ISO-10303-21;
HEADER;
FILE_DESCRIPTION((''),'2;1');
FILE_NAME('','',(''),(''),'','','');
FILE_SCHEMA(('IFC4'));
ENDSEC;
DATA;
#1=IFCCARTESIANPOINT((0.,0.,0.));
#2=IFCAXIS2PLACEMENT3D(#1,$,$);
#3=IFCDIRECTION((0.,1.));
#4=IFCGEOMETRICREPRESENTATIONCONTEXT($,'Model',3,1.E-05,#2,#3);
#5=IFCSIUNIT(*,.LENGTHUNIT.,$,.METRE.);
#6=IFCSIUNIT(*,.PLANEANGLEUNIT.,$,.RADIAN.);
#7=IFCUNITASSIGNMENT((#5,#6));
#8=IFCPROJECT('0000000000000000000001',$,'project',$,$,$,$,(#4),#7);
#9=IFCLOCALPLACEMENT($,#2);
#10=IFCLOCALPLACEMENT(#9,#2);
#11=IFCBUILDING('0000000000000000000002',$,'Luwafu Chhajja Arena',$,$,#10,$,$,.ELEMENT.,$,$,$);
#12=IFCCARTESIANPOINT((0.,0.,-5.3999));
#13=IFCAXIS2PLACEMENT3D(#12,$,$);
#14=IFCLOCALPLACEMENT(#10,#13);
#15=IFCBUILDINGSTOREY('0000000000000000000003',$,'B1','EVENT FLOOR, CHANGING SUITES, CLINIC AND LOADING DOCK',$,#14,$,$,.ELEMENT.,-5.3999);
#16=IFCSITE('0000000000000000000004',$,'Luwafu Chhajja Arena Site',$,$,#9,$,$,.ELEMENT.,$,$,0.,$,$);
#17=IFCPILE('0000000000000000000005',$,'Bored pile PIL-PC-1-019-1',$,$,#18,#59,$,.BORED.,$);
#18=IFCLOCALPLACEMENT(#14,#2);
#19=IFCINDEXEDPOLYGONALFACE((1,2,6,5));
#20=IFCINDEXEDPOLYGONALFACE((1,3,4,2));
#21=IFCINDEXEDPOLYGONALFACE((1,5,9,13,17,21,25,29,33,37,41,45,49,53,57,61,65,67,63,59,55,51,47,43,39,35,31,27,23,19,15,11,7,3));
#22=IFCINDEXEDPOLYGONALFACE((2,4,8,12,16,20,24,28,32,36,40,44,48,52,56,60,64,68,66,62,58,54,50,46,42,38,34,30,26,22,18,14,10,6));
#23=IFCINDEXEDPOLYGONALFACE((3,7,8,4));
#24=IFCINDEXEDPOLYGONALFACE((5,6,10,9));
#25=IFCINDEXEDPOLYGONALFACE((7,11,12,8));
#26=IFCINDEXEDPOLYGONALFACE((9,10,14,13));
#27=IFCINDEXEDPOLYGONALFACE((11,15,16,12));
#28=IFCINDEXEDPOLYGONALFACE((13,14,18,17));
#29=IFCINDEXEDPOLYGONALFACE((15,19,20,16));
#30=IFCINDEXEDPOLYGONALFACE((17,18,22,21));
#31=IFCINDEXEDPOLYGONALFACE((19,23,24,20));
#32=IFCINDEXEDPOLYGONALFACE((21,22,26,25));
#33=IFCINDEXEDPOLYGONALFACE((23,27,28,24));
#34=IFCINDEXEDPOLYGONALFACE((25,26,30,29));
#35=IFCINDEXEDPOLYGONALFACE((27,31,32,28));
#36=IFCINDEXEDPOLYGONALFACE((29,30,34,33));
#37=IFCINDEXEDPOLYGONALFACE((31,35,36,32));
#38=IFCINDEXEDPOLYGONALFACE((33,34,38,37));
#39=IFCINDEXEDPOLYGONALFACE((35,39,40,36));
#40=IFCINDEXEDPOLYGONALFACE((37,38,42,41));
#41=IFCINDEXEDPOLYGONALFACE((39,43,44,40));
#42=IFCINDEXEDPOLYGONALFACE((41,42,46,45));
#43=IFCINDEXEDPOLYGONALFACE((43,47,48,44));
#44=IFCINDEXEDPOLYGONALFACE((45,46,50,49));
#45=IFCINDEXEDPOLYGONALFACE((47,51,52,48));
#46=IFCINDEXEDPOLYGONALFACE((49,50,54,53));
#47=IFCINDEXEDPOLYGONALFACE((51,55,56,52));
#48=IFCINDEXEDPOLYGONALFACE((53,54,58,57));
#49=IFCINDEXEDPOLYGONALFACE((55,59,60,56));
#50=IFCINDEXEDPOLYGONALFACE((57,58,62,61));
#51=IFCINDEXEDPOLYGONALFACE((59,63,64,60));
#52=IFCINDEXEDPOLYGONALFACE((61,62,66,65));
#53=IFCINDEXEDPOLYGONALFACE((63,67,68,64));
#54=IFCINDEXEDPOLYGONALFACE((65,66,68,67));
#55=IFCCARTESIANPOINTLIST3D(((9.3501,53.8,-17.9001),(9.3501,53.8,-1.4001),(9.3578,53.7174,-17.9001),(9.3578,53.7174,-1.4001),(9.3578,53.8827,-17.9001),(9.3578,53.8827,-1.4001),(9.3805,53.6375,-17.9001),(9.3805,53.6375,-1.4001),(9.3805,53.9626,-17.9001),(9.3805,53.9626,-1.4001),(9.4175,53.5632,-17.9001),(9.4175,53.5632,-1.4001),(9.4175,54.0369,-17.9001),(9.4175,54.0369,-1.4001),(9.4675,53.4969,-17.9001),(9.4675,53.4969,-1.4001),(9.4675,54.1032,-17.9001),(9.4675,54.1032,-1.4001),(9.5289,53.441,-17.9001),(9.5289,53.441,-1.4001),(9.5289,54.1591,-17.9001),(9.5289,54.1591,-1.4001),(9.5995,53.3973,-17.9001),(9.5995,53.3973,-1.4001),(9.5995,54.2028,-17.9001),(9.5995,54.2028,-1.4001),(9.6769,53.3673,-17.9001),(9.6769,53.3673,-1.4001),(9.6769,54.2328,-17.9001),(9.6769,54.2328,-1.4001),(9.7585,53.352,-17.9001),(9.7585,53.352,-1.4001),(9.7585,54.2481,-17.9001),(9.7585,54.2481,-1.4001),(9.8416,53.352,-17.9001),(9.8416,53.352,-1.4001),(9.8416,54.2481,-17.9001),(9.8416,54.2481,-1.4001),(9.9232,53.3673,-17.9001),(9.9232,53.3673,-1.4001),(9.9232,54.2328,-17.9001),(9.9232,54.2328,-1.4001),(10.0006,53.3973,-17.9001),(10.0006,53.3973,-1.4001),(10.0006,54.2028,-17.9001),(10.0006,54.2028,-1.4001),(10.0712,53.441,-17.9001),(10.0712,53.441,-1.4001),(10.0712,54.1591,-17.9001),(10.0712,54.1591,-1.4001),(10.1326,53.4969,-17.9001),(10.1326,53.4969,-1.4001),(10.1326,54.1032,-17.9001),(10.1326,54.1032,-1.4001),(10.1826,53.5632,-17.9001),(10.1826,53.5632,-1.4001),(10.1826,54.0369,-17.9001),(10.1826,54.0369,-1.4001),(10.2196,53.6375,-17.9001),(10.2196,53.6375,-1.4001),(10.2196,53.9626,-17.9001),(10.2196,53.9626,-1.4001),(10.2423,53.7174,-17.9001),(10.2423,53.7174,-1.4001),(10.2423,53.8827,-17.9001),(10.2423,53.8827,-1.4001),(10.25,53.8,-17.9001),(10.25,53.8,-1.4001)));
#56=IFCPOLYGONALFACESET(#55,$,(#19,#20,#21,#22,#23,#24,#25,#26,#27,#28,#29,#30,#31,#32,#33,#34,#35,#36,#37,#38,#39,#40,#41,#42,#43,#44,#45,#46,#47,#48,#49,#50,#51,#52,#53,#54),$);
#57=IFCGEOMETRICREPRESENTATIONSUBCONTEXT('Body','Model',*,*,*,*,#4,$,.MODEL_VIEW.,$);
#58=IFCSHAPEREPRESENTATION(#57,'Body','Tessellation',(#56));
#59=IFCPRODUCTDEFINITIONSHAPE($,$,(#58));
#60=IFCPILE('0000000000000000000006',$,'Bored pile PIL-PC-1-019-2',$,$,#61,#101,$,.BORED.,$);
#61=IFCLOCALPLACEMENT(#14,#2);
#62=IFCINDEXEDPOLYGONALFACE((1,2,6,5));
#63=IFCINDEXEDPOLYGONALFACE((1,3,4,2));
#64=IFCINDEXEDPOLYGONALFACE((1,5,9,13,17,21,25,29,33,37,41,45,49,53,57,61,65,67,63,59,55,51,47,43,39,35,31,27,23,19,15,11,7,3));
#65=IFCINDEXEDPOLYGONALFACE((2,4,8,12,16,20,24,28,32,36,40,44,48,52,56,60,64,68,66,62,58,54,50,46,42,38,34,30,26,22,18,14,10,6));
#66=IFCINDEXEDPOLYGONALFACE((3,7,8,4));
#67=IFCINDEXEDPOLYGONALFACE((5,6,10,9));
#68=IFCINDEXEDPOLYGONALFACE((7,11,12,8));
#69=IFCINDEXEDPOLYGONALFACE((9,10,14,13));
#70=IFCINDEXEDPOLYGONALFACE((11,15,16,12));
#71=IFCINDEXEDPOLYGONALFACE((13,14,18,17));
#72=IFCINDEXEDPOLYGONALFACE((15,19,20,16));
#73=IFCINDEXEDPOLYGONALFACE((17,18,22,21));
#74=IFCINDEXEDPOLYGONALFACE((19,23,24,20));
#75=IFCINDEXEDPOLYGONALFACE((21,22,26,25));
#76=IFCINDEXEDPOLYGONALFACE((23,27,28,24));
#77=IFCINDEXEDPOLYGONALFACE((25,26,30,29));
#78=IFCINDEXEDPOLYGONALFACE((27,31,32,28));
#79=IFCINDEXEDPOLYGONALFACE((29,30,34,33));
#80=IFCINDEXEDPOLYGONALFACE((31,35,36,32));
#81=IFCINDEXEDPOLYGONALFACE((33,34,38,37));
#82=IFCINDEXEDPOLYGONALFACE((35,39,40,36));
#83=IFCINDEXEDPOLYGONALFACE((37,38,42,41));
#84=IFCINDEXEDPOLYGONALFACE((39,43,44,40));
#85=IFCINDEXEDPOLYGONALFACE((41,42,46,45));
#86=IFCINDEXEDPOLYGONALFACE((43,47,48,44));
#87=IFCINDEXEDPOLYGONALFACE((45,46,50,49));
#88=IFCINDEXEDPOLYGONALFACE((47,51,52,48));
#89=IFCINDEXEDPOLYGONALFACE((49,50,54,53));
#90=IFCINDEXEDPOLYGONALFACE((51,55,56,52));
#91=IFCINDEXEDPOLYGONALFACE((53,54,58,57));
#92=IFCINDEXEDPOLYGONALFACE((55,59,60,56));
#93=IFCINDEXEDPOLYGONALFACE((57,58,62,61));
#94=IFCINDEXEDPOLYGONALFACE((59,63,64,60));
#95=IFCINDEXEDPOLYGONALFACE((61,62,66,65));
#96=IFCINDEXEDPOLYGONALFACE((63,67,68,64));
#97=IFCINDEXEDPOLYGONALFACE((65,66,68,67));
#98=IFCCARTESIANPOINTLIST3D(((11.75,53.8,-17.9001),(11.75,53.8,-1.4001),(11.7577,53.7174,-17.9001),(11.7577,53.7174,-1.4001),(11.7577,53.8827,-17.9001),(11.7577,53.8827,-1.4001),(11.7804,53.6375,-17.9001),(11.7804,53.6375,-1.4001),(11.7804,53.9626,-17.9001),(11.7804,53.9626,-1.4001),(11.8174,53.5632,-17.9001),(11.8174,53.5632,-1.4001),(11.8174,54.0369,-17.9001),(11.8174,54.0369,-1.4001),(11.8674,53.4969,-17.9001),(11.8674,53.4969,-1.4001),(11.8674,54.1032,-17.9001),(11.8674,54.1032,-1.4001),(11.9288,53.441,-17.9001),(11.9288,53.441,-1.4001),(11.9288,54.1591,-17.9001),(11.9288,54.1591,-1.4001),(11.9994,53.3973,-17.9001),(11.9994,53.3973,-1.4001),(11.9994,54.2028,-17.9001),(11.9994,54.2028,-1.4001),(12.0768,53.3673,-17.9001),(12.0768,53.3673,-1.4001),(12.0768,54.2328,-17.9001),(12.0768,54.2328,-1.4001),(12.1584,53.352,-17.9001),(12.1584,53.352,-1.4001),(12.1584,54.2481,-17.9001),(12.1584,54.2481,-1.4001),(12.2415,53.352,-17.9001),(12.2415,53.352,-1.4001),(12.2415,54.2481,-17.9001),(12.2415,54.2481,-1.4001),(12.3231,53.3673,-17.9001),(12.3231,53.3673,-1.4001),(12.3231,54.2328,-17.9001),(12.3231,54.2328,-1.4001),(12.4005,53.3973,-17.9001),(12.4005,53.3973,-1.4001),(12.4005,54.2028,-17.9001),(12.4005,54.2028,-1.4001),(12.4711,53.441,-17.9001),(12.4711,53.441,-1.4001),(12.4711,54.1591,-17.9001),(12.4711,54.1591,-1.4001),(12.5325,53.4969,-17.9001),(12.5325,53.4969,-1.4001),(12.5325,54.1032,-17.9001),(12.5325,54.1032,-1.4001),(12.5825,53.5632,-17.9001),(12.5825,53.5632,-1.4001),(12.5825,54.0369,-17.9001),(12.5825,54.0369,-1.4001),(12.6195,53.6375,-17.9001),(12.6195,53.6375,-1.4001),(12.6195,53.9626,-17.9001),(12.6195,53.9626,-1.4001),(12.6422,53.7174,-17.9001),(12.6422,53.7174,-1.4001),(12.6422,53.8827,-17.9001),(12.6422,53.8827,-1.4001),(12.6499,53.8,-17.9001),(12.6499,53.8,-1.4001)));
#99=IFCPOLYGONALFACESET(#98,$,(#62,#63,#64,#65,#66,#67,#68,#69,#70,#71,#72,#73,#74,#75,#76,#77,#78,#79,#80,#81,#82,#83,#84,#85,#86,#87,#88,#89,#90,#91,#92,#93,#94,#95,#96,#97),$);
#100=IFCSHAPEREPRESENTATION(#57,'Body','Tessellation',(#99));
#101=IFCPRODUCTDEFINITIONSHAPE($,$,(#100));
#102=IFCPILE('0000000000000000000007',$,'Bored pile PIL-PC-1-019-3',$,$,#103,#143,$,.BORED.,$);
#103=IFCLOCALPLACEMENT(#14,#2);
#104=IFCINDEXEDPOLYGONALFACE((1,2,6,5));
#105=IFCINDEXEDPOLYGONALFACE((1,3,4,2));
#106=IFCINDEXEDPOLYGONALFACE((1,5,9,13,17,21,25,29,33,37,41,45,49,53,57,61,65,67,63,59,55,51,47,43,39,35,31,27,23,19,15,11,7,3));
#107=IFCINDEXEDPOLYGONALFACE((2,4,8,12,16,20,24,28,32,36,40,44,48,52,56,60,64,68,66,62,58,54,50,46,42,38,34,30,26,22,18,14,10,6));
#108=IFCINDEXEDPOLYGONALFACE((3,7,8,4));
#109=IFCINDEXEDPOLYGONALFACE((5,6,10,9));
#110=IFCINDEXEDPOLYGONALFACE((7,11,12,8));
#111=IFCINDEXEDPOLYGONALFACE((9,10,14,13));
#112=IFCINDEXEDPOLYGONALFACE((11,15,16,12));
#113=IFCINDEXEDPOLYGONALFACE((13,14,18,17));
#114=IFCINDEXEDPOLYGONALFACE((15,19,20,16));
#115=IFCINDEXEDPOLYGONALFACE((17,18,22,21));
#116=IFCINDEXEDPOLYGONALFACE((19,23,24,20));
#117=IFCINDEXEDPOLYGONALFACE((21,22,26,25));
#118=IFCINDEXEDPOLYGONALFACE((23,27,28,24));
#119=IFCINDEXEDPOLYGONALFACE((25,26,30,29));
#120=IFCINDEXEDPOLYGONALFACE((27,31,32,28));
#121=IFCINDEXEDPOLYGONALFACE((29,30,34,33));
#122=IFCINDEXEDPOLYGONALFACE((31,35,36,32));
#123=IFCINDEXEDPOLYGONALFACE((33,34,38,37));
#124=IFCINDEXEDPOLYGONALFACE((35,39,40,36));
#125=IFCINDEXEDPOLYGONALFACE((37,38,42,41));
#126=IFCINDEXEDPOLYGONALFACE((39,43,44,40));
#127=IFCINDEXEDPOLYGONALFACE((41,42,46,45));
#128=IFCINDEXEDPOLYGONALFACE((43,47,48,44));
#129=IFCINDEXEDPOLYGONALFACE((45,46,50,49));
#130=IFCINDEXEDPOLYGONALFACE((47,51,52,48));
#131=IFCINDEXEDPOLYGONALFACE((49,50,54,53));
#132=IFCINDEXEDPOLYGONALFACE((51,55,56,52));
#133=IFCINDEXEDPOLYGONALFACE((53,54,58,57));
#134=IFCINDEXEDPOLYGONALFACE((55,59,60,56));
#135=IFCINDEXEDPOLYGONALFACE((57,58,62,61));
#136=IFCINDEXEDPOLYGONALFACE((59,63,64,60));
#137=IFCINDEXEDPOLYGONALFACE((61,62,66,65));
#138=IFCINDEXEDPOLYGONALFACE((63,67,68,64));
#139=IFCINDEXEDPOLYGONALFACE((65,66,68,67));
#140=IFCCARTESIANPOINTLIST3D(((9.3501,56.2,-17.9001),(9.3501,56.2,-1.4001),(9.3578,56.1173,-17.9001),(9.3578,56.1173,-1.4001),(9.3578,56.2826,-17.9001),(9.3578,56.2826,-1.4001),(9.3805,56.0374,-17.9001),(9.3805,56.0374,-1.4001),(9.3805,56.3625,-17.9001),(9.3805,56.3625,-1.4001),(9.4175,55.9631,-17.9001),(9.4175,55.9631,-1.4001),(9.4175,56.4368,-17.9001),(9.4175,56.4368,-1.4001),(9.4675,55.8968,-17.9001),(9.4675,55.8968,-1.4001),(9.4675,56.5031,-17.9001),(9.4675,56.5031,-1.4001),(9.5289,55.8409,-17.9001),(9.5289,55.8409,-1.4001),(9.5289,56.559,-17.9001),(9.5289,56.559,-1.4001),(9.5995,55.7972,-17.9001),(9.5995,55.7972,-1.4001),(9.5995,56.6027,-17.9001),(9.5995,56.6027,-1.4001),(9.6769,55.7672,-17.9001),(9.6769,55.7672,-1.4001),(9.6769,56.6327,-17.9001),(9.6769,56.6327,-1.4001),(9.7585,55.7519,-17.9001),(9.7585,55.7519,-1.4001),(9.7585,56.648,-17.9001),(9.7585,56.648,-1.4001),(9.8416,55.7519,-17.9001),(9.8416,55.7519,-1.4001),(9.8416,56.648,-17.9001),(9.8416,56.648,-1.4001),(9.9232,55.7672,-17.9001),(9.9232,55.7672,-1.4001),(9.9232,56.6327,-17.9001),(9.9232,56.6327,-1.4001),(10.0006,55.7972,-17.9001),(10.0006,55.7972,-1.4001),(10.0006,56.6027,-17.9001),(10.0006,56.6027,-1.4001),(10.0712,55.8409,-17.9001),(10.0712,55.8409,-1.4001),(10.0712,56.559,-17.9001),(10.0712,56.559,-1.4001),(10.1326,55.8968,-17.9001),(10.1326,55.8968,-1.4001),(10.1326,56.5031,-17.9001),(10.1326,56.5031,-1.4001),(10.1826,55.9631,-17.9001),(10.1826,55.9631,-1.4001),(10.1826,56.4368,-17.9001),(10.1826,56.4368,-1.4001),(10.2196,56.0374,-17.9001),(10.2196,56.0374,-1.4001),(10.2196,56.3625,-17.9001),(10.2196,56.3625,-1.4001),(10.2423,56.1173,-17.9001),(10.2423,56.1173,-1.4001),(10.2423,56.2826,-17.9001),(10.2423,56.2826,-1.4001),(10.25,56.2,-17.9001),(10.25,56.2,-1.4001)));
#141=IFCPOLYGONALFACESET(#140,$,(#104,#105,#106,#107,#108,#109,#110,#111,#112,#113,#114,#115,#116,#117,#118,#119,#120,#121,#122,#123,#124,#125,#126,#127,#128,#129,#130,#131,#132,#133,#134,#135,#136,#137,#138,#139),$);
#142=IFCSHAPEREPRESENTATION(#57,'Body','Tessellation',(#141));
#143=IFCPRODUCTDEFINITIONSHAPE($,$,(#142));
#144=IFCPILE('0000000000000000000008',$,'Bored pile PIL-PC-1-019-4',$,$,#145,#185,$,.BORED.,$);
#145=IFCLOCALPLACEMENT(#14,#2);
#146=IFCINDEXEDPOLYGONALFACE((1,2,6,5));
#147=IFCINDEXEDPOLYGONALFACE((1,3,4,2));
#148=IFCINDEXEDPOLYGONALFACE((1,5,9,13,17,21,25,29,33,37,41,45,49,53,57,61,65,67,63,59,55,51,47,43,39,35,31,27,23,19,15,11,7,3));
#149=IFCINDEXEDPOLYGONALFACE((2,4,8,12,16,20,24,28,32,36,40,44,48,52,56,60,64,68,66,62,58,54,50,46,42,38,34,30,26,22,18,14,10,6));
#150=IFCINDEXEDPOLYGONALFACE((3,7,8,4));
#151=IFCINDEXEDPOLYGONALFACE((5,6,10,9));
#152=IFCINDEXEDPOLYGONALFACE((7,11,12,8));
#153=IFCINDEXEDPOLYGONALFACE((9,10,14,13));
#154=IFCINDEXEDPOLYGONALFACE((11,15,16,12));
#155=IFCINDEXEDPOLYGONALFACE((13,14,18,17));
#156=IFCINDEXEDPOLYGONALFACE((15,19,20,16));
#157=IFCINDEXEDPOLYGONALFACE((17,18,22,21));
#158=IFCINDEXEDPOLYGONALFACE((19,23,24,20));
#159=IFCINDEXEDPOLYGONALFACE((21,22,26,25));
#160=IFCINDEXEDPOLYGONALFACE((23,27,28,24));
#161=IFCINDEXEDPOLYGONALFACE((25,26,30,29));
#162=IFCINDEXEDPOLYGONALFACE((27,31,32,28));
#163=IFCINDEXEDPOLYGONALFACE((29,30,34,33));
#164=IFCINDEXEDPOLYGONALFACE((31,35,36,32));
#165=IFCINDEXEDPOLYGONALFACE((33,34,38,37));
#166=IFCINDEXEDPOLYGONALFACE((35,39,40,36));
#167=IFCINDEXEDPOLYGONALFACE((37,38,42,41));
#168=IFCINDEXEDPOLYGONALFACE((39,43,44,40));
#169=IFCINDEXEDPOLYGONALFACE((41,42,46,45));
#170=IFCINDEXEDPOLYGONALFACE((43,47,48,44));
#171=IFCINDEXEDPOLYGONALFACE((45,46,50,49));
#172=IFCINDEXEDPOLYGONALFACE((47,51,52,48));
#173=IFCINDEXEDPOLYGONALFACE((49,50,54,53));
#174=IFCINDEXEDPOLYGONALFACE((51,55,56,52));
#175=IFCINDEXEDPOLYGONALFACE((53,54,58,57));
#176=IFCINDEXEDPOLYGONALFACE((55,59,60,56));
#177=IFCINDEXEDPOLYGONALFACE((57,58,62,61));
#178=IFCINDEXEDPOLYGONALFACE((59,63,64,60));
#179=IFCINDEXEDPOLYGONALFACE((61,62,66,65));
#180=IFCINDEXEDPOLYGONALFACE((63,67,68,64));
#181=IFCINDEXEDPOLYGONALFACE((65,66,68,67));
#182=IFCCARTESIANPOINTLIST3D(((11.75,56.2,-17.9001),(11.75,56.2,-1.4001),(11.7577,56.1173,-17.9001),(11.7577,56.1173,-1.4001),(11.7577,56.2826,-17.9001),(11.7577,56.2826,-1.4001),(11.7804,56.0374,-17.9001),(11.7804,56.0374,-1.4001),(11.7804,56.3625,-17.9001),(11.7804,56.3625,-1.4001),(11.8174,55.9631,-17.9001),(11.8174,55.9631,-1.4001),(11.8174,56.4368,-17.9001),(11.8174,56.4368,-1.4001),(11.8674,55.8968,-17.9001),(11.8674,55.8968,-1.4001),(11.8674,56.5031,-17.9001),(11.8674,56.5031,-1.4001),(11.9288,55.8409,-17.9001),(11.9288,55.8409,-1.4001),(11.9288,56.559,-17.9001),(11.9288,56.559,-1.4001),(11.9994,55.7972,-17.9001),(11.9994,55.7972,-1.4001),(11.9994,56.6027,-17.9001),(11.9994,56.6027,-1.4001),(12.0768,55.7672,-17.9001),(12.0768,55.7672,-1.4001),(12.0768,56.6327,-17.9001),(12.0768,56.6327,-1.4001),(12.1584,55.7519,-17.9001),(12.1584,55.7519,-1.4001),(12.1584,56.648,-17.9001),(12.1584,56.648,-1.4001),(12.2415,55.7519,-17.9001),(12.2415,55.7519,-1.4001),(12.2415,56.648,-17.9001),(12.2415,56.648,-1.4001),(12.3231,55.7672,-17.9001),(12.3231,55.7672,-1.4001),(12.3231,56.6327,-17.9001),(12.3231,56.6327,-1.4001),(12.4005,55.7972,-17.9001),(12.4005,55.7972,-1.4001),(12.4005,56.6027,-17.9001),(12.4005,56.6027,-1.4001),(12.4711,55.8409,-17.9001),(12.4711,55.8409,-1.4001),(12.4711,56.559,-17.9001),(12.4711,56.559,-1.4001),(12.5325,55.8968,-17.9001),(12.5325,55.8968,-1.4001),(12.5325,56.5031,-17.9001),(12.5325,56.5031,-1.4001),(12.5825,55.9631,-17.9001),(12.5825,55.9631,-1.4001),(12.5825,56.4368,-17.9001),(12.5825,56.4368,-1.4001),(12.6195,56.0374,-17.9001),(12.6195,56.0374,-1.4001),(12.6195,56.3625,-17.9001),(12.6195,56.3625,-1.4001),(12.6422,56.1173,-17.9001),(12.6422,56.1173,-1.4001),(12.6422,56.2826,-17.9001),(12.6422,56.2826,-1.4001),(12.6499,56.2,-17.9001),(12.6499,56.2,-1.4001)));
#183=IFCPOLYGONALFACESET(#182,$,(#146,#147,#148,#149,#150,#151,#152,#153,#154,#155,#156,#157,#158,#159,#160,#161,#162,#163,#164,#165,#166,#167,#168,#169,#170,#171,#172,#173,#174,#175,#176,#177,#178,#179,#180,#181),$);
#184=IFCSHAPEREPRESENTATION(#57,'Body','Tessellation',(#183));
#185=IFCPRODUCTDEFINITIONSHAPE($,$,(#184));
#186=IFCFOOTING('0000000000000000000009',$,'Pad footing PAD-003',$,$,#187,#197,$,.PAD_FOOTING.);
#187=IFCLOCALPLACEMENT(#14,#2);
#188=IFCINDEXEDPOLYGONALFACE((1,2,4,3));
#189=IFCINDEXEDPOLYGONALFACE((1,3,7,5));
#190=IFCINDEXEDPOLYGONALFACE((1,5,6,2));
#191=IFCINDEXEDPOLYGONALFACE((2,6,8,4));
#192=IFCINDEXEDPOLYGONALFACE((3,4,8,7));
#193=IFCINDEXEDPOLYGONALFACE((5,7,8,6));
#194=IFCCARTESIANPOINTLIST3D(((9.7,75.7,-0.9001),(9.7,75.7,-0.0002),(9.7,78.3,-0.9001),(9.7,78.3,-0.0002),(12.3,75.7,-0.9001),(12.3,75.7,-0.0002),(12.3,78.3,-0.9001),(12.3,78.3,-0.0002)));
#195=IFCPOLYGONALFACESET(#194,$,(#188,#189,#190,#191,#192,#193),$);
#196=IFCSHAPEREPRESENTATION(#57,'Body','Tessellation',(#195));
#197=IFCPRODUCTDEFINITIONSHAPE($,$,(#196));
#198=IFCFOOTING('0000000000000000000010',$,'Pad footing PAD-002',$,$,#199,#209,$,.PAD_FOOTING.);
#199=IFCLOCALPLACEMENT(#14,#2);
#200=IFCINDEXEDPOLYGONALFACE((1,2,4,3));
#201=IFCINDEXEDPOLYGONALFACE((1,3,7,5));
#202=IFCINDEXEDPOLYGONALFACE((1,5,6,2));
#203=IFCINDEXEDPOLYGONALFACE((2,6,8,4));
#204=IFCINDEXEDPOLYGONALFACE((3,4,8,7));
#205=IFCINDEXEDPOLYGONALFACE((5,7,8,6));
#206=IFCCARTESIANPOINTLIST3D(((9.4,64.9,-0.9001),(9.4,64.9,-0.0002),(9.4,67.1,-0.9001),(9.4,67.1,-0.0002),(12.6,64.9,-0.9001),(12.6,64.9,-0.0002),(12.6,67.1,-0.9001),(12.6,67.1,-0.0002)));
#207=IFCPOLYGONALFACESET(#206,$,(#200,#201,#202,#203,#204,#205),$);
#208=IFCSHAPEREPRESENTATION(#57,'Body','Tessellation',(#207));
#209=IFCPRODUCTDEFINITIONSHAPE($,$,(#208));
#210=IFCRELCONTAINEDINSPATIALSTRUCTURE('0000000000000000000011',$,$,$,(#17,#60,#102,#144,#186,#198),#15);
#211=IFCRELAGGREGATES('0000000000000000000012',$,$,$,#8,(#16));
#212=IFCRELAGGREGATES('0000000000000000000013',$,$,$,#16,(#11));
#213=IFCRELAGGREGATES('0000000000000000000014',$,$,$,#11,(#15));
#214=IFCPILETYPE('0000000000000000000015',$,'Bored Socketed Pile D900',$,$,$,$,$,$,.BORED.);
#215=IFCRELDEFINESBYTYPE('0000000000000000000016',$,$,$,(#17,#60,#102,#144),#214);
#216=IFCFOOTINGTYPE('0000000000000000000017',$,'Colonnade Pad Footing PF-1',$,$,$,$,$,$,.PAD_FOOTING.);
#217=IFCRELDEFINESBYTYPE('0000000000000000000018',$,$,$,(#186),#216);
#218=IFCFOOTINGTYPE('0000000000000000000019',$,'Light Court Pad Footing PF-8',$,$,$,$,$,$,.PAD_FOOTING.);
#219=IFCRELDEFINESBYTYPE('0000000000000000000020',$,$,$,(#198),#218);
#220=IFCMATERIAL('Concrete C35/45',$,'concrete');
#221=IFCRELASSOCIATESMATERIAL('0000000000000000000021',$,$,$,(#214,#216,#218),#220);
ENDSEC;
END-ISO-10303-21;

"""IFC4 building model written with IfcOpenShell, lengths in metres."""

from ifc_helpers import new_model, si_unit, direction, frame, origin, origin_2d, place, context, subcontext, project, spatial, rectangle, circle, extrude, material, material_profile, profile_set, type_object, element, save


model = new_model("IFC4")

# Units and contexts
model_context = context("Model", 3, precision=1e-05, world=origin(), true_north=direction((0.0, 1.0)))
body_context = subcontext(model_context, "Body", "Model", "MODEL_VIEW")
ifc_project = project(units=[si_unit("LENGTHUNIT", "METRE"), si_unit("PLANEANGLEUNIT", "RADIAN")], contexts=[model_context])

# Site, building, storey
site_placement = place(None, origin())
site = spatial("IfcSite", under=ifc_project, at=site_placement, Name="Luwafu Chhajja Arena Site", CompositionType="ELEMENT", RefElevation=0.0)
building_placement = place(site_placement, origin())
building = spatial("IfcBuilding", under=site, at=building_placement, Name="Luwafu Chhajja Arena", CompositionType="ELEMENT")
storey_placement = place(building_placement, frame((0.0, 0.0, -5.3999)))
storey = spatial("IfcBuildingStorey", under=building, at=storey_placement, Name="B1", Description="EVENT FLOOR, CHANGING SUITES, CLINIC AND LOADING DOCK", CompositionType="ELEMENT", Elevation=-5.3999)

# Shared definitions
ifc_material_1 = material(Name="Concrete C35/45", Category="concrete")

# Piles
ifc_material_profile_1 = material_profile(ifc_material_1, circle(Radius=0.45, at=origin_2d()), Name="PILE D900")
ifc_profile_set_1 = profile_set([ifc_material_profile_1], Name="Concrete C35/45")
pile_type_1 = type_object("IfcPileType", Name="Bored Socketed Pile D900", PredefinedType="BORED", material=ifc_profile_set_1)
for number, where, z_axis, x_axis, name in (
    (1, (9.8, 53.8, -1.4001), (0.0, 0.0, -1.0), (1.0, 0.0, 0.0), "Bored pile PIL-PC-1-019-1"),
    (2, (12.2, 53.8, -1.4001), (0.0, 0.0, -1.0), (1.0, 0.0, 0.0), "Bored pile PIL-PC-1-019-2"),
    (3, (9.8, 56.2, -1.4001), (0.0, 0.0, -1.0), (1.0, 0.0, 0.0), "Bored pile PIL-PC-1-019-3"),
    (4, (12.2, 56.2, -1.4001), (0.0, 0.0, -1.0), (1.0, 0.0, 0.0), "Bored pile PIL-PC-1-019-4"),
):
    element("IfcPile", number, at=place(storey_placement, frame(where, z_axis=z_axis, x_axis=x_axis)), inside=storey, type_object=pile_type_1, Name=name, PredefinedType="BORED", context=body_context, shape_type="SweptSolid", body=[
        extrude(circle(Radius=0.45, at=origin_2d()), origin(), (0.0, 0.0, 1.0), 16.5),
    ])

# Footings
footing_type_1 = type_object("IfcFootingType", Name="Colonnade Pad Footing PF-1", PredefinedType="PAD_FOOTING", material=ifc_material_1)
footing_1_placement = place(storey_placement, frame((11.0, 77.0, -0.9001), z_axis=(0.0, 0.0, 1.0), x_axis=(1.0, 0.0, 0.0)))
element("IfcFooting", 5, at=footing_1_placement, inside=storey, type_object=footing_type_1, Name="Pad footing PAD-003", PredefinedType="PAD_FOOTING", context=body_context, shape_type="SweptSolid", body=[
    extrude(rectangle(XDim=2.6001, YDim=2.6001, at=origin_2d()), origin(), (0.0, 0.0, 1.0), 0.8999),
])
footing_type_2 = type_object("IfcFootingType", Name="Light Court Pad Footing PF-8", PredefinedType="PAD_FOOTING", material=ifc_material_1)
footing_2_placement = place(storey_placement, frame((11.0, 66.0, -0.9001), z_axis=(0.0, 0.0, 1.0), x_axis=(1.0, 0.0, 0.0)))
element("IfcFooting", 6, at=footing_2_placement, inside=storey, type_object=footing_type_2, Name="Pad footing PAD-002", PredefinedType="PAD_FOOTING", context=body_context, shape_type="SweptSolid", body=[
    extrude(rectangle(XDim=3.2, YDim=2.2, at=origin_2d()), origin(), (0.0, 0.0, 1.0), 0.8999),
])

save(model, "model.ifc")
